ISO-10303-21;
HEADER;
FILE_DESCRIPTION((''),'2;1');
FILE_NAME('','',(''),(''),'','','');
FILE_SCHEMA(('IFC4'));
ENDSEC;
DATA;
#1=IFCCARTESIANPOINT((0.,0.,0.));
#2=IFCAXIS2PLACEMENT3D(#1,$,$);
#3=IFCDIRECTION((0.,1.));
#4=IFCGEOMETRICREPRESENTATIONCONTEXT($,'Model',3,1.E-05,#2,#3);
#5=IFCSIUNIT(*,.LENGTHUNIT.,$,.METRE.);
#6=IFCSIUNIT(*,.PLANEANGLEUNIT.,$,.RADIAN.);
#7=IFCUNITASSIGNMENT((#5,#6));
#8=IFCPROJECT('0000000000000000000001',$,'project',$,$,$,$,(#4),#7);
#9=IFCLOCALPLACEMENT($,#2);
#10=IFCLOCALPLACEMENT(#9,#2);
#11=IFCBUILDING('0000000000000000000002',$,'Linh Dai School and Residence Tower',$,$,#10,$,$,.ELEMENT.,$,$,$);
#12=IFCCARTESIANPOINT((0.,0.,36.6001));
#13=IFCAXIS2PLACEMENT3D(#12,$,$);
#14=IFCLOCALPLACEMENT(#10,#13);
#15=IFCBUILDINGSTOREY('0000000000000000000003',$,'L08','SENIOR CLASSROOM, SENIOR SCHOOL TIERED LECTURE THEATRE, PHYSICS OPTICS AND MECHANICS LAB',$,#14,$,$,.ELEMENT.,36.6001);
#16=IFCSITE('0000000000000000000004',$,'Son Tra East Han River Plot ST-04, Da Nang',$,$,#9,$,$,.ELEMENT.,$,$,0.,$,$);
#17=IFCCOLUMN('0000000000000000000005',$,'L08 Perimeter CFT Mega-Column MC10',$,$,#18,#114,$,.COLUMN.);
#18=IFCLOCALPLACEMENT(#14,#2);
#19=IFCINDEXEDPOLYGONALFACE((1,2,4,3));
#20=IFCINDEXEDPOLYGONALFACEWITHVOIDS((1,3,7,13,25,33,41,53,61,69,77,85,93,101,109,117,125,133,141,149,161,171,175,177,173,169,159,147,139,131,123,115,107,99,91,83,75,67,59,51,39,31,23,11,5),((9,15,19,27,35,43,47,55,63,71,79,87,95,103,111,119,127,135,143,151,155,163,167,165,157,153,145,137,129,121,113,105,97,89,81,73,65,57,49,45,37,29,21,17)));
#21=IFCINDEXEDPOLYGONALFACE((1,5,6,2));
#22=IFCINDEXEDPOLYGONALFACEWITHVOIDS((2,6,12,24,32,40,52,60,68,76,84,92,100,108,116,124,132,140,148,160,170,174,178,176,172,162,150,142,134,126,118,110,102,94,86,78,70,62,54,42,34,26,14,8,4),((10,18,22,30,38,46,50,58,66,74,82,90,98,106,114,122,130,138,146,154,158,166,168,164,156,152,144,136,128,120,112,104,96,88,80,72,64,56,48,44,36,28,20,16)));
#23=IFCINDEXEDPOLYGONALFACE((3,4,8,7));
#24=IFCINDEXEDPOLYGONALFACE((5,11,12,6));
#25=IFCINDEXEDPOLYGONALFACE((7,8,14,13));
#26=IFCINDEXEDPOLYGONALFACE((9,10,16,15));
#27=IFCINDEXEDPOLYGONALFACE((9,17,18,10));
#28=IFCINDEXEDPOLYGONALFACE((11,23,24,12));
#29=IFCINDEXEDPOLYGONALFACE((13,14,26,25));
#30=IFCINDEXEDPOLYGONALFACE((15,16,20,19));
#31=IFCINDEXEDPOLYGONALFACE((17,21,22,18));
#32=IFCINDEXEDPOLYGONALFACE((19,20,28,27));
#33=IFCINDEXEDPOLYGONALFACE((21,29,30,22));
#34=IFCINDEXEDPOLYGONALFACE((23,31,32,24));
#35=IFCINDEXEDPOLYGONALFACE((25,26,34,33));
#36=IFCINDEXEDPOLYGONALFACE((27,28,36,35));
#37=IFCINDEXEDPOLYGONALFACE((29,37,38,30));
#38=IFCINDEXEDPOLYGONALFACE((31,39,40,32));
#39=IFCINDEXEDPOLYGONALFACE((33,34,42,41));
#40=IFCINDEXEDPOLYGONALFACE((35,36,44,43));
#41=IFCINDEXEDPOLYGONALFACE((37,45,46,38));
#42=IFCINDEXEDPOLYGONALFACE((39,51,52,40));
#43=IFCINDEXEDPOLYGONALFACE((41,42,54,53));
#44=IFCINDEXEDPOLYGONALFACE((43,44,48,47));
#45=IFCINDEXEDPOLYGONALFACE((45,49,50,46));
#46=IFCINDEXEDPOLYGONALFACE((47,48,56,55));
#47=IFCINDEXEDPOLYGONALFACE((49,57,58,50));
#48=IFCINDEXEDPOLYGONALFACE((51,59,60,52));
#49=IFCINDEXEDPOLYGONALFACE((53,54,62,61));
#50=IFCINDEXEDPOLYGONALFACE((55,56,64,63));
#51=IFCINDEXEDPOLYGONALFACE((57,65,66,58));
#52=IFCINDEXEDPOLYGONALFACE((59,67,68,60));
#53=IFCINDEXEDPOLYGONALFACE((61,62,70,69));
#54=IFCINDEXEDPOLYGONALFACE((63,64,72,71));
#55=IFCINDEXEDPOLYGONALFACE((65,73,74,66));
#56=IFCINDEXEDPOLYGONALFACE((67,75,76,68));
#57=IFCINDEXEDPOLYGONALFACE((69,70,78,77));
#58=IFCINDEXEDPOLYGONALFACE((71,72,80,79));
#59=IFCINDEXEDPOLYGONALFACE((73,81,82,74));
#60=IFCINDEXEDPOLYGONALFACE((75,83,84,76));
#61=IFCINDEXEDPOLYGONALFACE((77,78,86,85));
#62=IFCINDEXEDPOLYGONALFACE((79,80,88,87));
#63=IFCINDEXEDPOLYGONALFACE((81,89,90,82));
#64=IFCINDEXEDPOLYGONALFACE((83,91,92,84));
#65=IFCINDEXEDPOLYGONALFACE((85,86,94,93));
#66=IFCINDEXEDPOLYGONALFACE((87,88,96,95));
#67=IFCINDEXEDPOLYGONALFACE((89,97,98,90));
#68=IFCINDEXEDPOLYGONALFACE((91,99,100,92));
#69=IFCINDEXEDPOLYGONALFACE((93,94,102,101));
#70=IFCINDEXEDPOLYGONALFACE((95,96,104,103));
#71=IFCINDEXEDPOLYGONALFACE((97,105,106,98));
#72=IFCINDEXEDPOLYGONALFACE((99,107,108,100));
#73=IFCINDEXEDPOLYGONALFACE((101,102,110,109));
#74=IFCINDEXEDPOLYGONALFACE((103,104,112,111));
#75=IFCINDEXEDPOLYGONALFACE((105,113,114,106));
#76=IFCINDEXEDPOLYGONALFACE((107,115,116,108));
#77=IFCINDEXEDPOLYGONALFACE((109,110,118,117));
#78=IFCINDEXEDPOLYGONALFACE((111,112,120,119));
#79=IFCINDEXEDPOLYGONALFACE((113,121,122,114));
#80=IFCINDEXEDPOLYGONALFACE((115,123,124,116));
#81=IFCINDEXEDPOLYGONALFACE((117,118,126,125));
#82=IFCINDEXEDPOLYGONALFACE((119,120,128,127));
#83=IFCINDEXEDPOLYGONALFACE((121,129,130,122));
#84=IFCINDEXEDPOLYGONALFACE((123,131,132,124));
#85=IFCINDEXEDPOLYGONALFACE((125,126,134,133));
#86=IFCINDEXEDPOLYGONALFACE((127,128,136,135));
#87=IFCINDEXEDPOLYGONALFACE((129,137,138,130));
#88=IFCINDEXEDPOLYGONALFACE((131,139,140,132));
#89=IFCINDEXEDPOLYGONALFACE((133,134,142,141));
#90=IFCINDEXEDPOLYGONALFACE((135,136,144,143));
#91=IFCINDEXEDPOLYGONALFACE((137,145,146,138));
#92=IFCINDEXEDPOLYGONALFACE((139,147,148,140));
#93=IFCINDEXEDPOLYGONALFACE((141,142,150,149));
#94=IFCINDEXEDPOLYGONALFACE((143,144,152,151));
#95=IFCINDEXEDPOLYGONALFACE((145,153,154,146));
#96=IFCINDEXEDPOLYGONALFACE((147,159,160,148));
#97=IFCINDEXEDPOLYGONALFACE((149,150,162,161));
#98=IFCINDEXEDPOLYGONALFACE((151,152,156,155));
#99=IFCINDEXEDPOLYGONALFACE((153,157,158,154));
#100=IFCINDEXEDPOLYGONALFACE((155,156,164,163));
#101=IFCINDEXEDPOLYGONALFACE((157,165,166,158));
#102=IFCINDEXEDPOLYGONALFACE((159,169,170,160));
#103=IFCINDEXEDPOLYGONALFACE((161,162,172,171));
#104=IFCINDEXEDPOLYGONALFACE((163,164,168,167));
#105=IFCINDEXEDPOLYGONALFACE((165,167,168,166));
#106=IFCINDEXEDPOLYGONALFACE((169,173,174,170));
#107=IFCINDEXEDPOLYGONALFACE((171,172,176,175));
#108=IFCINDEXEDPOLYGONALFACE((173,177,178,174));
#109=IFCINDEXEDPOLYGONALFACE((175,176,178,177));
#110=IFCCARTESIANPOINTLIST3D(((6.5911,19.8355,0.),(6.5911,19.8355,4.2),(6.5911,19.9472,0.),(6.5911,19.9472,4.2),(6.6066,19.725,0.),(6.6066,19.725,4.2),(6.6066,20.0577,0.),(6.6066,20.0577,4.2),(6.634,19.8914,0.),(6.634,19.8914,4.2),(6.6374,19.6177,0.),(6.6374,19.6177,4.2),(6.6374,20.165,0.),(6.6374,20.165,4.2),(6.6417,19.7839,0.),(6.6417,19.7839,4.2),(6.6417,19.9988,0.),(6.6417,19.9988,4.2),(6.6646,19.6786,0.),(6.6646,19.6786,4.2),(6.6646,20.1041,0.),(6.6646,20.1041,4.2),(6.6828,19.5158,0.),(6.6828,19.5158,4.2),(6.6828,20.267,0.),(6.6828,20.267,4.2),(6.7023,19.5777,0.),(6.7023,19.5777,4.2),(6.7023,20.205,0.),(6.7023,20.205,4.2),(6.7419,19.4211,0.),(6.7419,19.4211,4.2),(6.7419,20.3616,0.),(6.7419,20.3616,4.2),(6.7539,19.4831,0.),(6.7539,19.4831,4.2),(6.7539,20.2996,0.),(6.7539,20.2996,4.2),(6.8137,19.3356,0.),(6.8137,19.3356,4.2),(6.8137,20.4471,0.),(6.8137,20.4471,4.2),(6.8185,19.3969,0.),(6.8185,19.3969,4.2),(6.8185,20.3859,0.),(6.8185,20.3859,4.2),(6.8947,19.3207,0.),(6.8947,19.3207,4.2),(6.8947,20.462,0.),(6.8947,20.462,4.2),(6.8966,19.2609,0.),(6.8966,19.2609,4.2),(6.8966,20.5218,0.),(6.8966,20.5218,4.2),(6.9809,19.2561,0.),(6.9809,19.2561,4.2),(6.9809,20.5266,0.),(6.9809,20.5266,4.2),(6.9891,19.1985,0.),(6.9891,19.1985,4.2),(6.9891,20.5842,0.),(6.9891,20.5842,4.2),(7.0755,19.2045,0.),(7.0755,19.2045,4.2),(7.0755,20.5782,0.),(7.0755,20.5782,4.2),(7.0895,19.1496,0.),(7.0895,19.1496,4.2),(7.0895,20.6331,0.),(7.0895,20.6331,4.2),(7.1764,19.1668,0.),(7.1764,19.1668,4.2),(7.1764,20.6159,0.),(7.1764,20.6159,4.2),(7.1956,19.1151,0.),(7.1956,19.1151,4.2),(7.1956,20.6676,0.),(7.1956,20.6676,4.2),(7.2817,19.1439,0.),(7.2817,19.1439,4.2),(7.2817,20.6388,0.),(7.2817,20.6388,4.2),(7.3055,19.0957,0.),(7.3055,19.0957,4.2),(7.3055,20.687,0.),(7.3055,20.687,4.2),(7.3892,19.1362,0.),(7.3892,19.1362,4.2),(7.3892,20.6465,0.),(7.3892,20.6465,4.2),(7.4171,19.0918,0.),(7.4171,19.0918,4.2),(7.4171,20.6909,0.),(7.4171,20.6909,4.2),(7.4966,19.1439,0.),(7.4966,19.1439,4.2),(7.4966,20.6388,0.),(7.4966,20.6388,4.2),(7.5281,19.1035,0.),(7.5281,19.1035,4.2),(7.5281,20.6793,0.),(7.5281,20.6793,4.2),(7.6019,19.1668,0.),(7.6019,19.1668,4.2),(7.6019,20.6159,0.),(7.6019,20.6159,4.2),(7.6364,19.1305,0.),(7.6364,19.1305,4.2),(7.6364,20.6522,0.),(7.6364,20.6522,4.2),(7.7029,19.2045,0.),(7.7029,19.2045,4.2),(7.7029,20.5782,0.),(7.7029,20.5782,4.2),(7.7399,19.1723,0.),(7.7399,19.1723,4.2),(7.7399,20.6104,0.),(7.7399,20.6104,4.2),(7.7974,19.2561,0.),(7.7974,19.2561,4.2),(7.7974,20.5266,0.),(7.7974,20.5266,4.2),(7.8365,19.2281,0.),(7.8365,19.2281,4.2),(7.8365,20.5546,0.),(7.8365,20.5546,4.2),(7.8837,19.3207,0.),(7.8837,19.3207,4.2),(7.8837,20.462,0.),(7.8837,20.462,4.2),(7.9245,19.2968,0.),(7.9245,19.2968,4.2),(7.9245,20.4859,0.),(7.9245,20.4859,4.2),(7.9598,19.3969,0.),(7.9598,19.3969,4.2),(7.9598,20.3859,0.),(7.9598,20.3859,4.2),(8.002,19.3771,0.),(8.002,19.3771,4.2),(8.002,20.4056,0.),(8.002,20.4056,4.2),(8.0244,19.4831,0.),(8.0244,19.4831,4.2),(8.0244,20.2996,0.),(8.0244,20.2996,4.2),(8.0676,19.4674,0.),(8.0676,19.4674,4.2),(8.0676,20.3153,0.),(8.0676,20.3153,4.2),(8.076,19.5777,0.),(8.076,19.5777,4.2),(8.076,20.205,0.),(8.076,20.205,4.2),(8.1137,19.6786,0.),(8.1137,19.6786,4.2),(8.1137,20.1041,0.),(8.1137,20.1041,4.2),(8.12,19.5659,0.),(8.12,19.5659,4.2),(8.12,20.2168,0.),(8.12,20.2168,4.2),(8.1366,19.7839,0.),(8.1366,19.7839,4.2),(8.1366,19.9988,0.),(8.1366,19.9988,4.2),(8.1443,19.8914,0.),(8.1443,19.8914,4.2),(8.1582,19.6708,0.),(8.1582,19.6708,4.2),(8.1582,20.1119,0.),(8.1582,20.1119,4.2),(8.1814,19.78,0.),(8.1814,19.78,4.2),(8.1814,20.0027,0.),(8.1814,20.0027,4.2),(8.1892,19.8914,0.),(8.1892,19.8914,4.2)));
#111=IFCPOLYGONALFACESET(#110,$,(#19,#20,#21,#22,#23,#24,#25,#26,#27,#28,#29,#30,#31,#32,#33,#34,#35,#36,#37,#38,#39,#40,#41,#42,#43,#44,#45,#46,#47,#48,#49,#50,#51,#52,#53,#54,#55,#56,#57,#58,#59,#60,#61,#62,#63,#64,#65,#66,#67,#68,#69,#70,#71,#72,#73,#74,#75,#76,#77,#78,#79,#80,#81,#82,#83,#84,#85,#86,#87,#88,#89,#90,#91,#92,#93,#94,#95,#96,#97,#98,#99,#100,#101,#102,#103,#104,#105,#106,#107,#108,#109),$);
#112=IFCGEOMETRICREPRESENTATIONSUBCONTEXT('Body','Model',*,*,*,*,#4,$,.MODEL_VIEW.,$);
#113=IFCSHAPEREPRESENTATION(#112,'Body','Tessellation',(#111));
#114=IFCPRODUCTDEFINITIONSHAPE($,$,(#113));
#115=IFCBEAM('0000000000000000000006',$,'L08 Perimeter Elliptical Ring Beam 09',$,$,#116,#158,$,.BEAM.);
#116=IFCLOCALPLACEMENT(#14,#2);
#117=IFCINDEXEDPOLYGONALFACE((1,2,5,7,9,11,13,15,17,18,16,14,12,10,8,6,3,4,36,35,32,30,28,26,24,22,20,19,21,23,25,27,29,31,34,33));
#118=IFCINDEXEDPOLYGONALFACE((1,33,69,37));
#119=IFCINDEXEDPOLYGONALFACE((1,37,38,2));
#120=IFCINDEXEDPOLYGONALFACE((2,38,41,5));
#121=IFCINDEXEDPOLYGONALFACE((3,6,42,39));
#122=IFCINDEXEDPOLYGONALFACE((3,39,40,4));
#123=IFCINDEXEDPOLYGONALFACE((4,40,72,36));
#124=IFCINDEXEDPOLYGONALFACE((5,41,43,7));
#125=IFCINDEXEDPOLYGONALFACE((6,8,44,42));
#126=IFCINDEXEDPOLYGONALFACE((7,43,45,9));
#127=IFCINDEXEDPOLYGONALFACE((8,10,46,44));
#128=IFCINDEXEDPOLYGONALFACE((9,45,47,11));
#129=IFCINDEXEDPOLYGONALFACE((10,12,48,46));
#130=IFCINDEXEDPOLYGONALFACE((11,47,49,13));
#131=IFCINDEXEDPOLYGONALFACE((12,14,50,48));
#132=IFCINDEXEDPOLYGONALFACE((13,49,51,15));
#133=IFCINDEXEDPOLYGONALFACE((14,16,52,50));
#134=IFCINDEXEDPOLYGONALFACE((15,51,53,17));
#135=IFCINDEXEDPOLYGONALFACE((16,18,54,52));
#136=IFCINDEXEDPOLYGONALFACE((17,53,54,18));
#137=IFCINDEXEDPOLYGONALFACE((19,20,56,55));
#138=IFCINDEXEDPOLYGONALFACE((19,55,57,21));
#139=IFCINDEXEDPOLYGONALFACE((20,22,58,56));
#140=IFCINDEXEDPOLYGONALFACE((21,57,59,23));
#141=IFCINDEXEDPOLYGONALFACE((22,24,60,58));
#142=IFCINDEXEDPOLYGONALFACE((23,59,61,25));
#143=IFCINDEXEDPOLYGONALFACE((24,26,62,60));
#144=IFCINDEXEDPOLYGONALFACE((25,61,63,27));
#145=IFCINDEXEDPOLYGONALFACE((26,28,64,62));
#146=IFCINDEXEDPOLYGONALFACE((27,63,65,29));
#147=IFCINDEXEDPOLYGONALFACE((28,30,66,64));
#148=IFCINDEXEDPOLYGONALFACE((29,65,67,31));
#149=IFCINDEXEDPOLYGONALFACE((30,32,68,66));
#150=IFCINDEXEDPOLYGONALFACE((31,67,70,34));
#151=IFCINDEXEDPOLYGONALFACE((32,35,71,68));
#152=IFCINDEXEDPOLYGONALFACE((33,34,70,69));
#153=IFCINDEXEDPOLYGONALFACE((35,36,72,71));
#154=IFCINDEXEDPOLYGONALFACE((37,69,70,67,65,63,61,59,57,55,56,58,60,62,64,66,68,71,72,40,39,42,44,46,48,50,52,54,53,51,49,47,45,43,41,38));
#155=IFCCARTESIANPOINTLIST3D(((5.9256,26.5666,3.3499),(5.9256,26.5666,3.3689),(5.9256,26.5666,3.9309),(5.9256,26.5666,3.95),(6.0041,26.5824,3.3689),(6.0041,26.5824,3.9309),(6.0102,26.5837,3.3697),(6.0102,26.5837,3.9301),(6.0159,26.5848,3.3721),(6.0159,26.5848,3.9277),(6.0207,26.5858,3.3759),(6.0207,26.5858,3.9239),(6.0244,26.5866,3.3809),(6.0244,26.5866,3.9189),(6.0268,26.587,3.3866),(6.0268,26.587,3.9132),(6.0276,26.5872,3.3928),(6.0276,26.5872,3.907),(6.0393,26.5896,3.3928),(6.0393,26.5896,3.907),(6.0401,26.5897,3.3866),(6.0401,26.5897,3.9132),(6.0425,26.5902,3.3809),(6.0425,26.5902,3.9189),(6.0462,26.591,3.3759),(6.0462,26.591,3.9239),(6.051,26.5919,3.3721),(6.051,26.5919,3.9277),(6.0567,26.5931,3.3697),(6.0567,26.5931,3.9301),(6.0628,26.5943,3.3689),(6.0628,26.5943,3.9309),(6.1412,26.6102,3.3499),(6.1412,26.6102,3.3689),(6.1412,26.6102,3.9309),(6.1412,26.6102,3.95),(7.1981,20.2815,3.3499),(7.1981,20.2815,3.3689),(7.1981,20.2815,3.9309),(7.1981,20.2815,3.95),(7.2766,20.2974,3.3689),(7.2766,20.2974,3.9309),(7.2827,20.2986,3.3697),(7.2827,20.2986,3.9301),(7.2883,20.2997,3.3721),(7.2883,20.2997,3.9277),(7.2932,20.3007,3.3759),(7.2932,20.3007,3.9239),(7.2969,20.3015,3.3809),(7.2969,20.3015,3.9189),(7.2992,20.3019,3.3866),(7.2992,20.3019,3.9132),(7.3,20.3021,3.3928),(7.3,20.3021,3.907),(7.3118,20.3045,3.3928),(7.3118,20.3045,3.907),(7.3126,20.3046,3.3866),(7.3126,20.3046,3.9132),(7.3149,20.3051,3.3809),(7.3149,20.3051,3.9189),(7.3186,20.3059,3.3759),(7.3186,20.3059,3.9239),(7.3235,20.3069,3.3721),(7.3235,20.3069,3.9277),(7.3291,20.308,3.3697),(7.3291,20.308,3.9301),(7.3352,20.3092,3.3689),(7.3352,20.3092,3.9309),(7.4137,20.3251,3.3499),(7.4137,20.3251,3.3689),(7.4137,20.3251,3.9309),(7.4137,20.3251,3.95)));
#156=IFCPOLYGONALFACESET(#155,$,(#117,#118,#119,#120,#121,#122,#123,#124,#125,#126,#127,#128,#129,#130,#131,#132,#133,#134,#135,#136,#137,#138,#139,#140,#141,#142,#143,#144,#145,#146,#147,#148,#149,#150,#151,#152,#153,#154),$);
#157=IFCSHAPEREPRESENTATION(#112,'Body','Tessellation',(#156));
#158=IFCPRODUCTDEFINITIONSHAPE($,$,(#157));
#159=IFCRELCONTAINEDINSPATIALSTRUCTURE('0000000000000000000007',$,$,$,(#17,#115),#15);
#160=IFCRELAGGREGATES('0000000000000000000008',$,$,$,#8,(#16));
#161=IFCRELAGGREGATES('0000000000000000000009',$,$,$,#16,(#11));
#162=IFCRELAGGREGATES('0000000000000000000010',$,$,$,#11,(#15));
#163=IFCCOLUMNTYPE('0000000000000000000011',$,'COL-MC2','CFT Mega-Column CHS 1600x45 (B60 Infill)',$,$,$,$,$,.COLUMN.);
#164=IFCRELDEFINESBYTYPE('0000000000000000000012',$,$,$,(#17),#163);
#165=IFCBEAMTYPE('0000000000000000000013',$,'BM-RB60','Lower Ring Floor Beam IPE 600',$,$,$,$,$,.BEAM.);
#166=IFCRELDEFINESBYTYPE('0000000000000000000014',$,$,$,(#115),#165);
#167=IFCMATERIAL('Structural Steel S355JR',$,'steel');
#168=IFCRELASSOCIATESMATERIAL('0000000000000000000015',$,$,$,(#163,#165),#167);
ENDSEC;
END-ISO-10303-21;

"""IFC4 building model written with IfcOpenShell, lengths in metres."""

from ifc_helpers import new_model, si_unit, direction, frame, origin, origin_2d, place, context, subcontext, project, spatial, hollow_circle, i_section, extrude, material, material_profile, profile_set, type_object, element, save


model = new_model("IFC4")

# Units and contexts
model_context = context("Model", 3, precision=1e-05, world=origin(), true_north=direction((0.0, 1.0)))
body_context = subcontext(model_context, "Body", "Model", "MODEL_VIEW")
ifc_project = project(units=[si_unit("LENGTHUNIT", "METRE"), si_unit("PLANEANGLEUNIT", "RADIAN")], contexts=[model_context])

# Site, building, storey
site_placement = place(None, origin())
site = spatial("IfcSite", under=ifc_project, at=site_placement, Name="Son Tra East Han River Plot ST-04, Da Nang", CompositionType="ELEMENT", RefElevation=0.0)
building_placement = place(site_placement, origin())
building = spatial("IfcBuilding", under=site, at=building_placement, Name="Linh Dai School and Residence Tower", CompositionType="ELEMENT")
storey_placement = place(building_placement, frame((0.0, 0.0, 36.6001)))
storey = spatial("IfcBuildingStorey", under=building, at=storey_placement, Name="L08", Description="SENIOR CLASSROOM, SENIOR SCHOOL TIERED LECTURE THEATRE, PHYSICS OPTICS AND MECHANICS LAB", CompositionType="ELEMENT", Elevation=36.6001)

# Column
ifc_material_1 = material(Name="Structural Steel S355JR", Category="steel")
ifc_material_profile_1 = material_profile(ifc_material_1, hollow_circle(Radius=0.8, WallThickness=0.0449, at=origin_2d()), Name="CHS 1600x45")
ifc_profile_set_1 = profile_set([ifc_material_profile_1], Name="Structural Steel S355JR")
column_type = type_object("IfcColumnType", Name="COL-MC2", Description="CFT Mega-Column CHS 1600x45 (B60 Infill)", PredefinedType="COLUMN", material=ifc_profile_set_1)
for number, where, z_axis, x_axis, name in (
    (1, (7.3892, 19.8914, 0.0), (0.0, 0.0, 1.0), (1.0, 0.0, 0.0), "L08 Perimeter CFT Mega-Column MC10"),
):
    element("IfcColumn", number, at=place(storey_placement, frame(where, z_axis=z_axis, x_axis=x_axis)), inside=storey, type_object=column_type, Name=name, PredefinedType="COLUMN", context=body_context, shape_type="SweptSolid", body=[
        extrude(hollow_circle(Radius=0.8, WallThickness=0.0449, at=origin_2d()), origin(), (0.0, 0.0, 1.0), 4.2),
    ])

# Beam
ifc_material_profile_2 = material_profile(ifc_material_1, i_section(OverallWidth=0.22, OverallDepth=0.6001, WebThickness=0.012, FlangeThickness=0.019, FilletRadius=0.0239, at=origin_2d()), Name="IPE 600")
ifc_profile_set_2 = profile_set([ifc_material_profile_2], Name="Structural Steel S355JR")
beam_type_1 = type_object("IfcBeamType", Name="BM-RB60", Description="Lower Ring Floor Beam IPE 600", PredefinedType="BEAM", material=ifc_profile_set_2)
beam_1_placement = place(storey_placement, frame((6.0334, 26.5884, 3.6499), z_axis=(0.198429, -0.980115, 0.0), x_axis=(0.980115, 0.198429, 0.0)))
element("IfcBeam", 2, at=beam_1_placement, inside=storey, type_object=beam_type_1, Name="L08 Perimeter Elliptical Ring Beam 09", PredefinedType="BEAM", context=body_context, shape_type="SweptSolid", body=[
    extrude(i_section(OverallWidth=0.22, OverallDepth=0.6001, WebThickness=0.012, FlangeThickness=0.019, FilletRadius=0.0239, at=origin_2d()), origin(), (0.0, 0.0, 1.0), 6.4126),
])

save(model, "model.ifc")
